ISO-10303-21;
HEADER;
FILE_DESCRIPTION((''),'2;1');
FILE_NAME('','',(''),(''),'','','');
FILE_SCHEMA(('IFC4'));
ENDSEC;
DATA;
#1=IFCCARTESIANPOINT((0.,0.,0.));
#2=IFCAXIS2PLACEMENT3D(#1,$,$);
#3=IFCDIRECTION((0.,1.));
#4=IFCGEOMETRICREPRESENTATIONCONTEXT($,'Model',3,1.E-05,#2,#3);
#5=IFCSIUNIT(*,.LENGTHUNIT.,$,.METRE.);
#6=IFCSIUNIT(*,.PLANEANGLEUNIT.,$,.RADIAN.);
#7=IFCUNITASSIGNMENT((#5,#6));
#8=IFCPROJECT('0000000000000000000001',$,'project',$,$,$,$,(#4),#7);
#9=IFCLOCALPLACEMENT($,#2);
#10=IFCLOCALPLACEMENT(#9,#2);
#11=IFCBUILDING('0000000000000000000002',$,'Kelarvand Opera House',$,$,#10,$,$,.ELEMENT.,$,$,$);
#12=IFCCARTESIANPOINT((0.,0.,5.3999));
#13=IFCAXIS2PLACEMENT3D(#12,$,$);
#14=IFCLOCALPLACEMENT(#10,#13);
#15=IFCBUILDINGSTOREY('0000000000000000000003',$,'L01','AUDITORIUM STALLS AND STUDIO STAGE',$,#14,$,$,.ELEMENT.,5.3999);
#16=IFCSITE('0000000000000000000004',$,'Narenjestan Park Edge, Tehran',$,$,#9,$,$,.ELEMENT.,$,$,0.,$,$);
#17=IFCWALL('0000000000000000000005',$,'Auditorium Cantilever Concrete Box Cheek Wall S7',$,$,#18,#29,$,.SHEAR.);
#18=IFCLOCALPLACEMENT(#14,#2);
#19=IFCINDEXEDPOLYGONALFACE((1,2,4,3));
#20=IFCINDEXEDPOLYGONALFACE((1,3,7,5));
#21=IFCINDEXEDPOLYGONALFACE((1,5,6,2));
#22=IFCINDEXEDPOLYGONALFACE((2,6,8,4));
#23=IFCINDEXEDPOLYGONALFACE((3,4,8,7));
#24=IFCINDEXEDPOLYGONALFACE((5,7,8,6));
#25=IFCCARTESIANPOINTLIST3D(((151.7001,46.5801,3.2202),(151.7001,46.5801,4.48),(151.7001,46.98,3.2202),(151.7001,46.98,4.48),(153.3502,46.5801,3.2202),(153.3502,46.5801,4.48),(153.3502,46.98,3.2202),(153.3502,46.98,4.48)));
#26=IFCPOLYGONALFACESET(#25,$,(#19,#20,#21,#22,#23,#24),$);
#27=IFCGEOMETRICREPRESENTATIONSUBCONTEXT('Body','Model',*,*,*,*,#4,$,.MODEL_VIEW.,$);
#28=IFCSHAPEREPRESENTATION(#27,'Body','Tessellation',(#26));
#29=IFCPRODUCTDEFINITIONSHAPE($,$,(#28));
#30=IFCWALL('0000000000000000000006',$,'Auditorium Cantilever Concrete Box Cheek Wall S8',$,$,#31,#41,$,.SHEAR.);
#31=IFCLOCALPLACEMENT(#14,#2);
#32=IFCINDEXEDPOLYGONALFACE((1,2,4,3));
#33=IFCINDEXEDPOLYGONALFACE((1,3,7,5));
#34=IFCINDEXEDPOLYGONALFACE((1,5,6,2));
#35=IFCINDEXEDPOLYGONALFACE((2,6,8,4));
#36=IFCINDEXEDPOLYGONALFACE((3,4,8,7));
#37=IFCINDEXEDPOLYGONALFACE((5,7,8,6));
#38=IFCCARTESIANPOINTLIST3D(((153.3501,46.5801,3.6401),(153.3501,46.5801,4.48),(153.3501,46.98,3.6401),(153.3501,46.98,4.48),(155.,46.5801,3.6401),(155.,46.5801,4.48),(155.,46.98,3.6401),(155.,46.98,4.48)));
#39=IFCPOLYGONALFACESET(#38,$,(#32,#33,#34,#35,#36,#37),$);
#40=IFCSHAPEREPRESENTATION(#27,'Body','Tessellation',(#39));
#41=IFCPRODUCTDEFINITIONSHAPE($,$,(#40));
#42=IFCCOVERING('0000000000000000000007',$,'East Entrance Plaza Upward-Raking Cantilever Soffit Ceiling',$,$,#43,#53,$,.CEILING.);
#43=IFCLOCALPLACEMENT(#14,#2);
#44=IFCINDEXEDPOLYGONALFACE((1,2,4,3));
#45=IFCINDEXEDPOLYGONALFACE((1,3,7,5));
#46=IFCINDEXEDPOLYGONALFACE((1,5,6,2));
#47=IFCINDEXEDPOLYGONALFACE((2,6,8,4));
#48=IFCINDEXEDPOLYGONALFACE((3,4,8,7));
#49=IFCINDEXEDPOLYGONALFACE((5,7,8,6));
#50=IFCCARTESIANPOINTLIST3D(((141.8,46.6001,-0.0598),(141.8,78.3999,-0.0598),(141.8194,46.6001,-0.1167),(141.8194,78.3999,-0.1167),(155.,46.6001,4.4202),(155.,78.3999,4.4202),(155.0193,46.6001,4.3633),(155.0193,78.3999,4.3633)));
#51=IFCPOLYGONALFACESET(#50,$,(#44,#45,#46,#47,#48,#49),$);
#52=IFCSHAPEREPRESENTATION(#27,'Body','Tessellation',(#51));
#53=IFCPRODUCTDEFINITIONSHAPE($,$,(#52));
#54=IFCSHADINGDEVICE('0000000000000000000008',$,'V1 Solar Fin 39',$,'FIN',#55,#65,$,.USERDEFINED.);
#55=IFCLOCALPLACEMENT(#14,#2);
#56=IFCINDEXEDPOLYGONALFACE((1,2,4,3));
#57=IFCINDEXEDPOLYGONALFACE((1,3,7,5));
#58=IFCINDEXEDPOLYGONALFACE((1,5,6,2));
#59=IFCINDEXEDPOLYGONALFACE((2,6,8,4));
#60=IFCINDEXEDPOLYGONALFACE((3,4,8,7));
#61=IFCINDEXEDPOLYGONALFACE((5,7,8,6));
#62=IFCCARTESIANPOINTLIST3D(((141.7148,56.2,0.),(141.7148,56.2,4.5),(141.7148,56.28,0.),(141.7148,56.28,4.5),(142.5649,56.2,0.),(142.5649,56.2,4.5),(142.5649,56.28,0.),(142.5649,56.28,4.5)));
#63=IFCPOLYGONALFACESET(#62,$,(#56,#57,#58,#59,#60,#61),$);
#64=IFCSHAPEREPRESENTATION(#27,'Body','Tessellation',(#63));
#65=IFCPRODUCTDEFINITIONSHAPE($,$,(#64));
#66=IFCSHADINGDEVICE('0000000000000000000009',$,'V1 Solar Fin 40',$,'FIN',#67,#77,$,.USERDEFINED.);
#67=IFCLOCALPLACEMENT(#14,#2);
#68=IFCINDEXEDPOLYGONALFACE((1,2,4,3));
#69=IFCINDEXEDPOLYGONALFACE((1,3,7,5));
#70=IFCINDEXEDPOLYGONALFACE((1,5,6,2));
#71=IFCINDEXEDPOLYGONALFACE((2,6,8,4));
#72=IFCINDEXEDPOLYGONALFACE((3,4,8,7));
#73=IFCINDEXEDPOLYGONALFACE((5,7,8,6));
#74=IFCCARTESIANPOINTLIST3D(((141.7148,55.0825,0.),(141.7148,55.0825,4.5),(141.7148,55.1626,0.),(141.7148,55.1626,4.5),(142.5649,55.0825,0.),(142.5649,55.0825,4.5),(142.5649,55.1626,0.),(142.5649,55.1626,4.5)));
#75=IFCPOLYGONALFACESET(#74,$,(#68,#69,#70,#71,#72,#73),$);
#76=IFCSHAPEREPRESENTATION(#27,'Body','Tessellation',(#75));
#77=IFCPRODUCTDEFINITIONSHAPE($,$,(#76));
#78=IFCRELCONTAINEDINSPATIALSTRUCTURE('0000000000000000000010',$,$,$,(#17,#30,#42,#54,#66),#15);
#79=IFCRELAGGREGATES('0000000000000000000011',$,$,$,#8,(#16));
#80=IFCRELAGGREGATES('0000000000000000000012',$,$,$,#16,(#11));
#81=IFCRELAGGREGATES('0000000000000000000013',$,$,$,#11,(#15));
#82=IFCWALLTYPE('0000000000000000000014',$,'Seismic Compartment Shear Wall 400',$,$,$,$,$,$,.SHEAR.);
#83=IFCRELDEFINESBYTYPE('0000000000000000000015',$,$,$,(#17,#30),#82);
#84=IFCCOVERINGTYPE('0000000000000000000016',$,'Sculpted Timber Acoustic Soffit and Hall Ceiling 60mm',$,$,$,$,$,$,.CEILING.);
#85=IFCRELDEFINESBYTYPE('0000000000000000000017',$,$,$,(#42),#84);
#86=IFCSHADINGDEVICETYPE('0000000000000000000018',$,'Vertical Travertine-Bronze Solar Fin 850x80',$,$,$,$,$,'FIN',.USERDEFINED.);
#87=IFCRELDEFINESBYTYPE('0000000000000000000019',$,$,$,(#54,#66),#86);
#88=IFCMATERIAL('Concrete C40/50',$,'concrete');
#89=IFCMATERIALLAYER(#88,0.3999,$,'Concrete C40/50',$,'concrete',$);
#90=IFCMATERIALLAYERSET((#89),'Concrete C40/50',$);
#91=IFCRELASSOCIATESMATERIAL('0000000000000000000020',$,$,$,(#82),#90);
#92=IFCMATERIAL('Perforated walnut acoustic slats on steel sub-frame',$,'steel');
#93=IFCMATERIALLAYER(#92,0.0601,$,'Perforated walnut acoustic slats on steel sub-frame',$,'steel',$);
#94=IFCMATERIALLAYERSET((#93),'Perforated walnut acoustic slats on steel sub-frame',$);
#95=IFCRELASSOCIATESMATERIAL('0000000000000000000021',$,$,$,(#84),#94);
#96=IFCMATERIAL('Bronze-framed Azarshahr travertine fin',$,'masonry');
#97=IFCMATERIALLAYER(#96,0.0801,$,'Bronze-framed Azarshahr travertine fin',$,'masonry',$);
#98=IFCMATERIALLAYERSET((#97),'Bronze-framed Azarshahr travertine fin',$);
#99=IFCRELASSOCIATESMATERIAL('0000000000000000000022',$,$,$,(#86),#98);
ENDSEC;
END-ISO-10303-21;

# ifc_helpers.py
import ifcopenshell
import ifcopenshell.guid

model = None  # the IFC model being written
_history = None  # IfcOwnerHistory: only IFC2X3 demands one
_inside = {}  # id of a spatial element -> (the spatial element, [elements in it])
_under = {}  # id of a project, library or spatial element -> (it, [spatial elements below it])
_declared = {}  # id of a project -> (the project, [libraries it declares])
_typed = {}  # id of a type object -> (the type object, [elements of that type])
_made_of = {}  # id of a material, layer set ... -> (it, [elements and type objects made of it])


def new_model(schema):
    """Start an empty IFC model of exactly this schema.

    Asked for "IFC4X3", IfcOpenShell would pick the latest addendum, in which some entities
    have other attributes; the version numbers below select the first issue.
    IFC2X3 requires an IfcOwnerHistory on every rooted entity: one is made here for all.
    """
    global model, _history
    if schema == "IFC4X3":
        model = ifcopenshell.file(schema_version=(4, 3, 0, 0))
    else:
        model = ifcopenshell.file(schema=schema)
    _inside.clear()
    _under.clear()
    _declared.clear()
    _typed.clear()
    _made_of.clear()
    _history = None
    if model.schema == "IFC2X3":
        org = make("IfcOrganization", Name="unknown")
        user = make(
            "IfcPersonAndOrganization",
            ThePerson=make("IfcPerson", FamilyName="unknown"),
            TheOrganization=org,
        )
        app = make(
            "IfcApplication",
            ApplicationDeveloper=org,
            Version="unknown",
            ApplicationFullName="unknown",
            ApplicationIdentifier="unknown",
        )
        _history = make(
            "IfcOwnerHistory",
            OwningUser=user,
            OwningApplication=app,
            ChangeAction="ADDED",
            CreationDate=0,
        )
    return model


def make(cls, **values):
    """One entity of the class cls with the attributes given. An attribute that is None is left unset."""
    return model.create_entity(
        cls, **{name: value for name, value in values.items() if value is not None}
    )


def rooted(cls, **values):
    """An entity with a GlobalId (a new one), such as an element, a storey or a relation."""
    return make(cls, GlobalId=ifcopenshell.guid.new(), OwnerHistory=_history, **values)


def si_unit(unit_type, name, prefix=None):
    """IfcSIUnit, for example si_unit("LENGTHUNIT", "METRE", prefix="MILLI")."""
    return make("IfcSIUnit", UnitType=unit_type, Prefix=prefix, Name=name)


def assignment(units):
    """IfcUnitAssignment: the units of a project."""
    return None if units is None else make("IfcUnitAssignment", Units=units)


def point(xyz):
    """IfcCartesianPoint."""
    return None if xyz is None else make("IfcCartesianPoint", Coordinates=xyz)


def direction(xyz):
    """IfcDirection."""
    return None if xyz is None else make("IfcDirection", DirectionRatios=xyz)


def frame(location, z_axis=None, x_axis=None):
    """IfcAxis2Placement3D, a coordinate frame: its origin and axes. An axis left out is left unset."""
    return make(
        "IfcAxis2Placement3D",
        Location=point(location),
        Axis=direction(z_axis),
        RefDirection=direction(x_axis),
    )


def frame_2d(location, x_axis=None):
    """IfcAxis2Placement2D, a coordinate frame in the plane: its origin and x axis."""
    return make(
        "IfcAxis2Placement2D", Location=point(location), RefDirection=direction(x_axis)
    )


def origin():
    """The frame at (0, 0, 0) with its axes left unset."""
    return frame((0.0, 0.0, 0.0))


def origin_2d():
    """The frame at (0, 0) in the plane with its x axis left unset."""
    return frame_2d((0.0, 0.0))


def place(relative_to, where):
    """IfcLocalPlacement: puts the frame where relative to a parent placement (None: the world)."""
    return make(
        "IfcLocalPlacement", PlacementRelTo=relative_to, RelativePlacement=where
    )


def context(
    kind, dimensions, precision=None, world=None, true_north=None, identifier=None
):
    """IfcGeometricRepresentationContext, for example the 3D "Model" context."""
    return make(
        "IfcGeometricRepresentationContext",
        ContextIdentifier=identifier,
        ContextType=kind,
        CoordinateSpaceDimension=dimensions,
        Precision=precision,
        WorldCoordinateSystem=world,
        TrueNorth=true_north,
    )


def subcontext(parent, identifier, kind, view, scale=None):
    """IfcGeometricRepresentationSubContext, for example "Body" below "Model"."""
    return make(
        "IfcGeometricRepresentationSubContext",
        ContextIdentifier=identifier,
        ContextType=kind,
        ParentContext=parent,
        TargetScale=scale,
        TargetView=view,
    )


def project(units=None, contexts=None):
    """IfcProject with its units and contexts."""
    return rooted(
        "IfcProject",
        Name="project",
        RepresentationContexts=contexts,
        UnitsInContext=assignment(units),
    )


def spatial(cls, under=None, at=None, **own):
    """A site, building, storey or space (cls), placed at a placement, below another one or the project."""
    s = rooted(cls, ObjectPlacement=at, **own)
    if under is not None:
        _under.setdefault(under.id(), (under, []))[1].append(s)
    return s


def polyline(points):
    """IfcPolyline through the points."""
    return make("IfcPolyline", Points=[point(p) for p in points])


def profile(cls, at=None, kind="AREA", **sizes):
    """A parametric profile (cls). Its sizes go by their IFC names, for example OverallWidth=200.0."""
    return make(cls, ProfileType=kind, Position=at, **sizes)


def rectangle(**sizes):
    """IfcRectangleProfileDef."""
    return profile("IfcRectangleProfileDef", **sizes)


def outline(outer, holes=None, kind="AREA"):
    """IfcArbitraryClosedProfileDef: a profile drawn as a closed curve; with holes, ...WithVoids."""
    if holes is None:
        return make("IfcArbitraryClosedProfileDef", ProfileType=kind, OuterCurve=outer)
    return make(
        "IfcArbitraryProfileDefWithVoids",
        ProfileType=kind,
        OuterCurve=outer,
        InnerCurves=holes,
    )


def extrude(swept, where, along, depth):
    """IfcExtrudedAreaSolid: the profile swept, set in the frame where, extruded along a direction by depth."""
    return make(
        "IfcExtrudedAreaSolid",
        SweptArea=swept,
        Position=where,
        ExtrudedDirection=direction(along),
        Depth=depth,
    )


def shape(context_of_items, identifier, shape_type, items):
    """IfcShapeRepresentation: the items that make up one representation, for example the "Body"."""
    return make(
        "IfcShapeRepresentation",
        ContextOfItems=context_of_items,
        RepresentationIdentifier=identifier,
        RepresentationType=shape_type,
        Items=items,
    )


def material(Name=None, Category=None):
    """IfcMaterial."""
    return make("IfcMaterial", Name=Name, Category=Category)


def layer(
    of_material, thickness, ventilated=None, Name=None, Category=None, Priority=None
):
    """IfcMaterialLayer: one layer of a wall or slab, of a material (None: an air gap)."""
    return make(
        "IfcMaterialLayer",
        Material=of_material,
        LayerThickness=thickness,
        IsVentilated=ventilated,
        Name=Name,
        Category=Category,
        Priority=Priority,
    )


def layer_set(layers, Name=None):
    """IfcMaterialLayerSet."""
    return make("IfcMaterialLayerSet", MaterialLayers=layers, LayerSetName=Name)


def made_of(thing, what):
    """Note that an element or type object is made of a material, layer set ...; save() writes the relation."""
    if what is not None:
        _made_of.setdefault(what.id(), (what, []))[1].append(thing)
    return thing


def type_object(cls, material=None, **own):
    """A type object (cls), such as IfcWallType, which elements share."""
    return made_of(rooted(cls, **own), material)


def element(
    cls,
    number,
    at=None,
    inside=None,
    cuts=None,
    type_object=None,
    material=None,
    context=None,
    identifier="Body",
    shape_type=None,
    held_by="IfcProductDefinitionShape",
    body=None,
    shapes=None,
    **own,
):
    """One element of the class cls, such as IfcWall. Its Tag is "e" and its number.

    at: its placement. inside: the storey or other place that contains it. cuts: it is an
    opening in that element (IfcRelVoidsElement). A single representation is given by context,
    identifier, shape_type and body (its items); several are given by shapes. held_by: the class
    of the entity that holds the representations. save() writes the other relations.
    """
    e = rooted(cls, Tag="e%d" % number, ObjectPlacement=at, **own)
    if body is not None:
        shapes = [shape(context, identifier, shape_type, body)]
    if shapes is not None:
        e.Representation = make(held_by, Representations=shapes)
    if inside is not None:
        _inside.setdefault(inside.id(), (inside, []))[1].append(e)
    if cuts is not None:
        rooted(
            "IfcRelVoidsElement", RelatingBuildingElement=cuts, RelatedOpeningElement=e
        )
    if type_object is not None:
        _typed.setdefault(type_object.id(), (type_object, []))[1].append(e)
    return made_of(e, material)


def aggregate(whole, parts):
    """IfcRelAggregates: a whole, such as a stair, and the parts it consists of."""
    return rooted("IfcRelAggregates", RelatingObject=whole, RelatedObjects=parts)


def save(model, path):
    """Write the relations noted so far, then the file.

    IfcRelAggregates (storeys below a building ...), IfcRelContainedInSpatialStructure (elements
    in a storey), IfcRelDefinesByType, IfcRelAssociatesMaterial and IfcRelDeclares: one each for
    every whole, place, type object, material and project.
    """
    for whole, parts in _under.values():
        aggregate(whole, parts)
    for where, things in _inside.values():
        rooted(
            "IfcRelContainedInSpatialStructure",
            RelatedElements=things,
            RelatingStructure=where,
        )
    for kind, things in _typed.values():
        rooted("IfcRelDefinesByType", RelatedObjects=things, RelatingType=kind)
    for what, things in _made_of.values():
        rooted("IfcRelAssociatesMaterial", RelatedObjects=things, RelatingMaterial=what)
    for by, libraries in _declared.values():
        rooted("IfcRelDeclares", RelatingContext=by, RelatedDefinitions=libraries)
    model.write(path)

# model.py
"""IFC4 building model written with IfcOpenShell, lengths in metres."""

from ifc_helpers import new_model, si_unit, direction, frame, frame_2d, origin, origin_2d, place, context, subcontext, project, spatial, polyline, rectangle, outline, extrude, material, layer, layer_set, type_object, element, save


model = new_model("IFC4")

# Units and contexts
model_context = context("Model", 3, precision=1e-05, world=origin(), true_north=direction((0.0, 1.0)))
body_context = subcontext(model_context, "Body", "Model", "MODEL_VIEW")
ifc_project = project(units=[si_unit("LENGTHUNIT", "METRE"), si_unit("PLANEANGLEUNIT", "RADIAN")], contexts=[model_context])

# Site, building, storey
site_placement = place(None, origin())
site = spatial("IfcSite", under=ifc_project, at=site_placement, Name="Narenjestan Park Edge, Tehran", CompositionType="ELEMENT", RefElevation=0.0)
building_placement = place(site_placement, origin())
building = spatial("IfcBuilding", under=site, at=building_placement, Name="Kelarvand Opera House", CompositionType="ELEMENT")
storey_placement = place(building_placement, frame((0.0, 0.0, 5.3999)))
storey = spatial("IfcBuildingStorey", under=building, at=storey_placement, Name="L01", Description="AUDITORIUM STALLS AND STUDIO STAGE", CompositionType="ELEMENT", Elevation=5.3999)

# Shared definitions
ifc_material_1 = material(Name="Concrete C40/50", Category="concrete")

# Walls
ifc_layer_1 = layer(ifc_material_1, 0.3999, Name="Concrete C40/50", Category="concrete")
ifc_layer_set_1 = layer_set([ifc_layer_1], Name="Concrete C40/50")
wall_type = type_object("IfcWallType", Name="Seismic Compartment Shear Wall 400", PredefinedType="SHEAR", material=ifc_layer_set_1)
wall_1_placement = place(storey_placement, frame((151.7, 46.78, 3.2202), z_axis=(0.0, 0.0, 1.0), x_axis=(1.0, 0.0, 0.0)))
element("IfcWall", 1, at=wall_1_placement, inside=storey, type_object=wall_type, Name="Auditorium Cantilever Concrete Box Cheek Wall S7", PredefinedType="SHEAR", context=body_context, shape_type="SweptSolid", body=[
    extrude(rectangle(XDim=1.6501, YDim=0.3999, at=frame_2d((0.8252, 0.0))), origin(), (0.0, 0.0, 1.0), 1.2598),
])
wall_2_placement = place(storey_placement, frame((153.3501, 46.78, 3.6401), z_axis=(0.0, 0.0, 1.0), x_axis=(1.0, 0.0, 0.0)))
element("IfcWall", 2, at=wall_2_placement, inside=storey, type_object=wall_type, Name="Auditorium Cantilever Concrete Box Cheek Wall S8", PredefinedType="SHEAR", context=body_context, shape_type="SweptSolid", body=[
    extrude(rectangle(XDim=1.6499, YDim=0.3999, at=frame_2d((0.825, 0.0))), origin(), (0.0, 0.0, 1.0), 0.8398),
])

# Covering
ifc_material_2 = material(Name="Perforated walnut acoustic slats on steel sub-frame", Category="steel")
ifc_layer_2 = layer(ifc_material_2, 0.0601, Name="Perforated walnut acoustic slats on steel sub-frame", Category="steel")
ifc_layer_set_2 = layer_set([ifc_layer_2], Name="Perforated walnut acoustic slats on steel sub-frame")
covering_type = type_object("IfcCoveringType", Name="Sculpted Timber Acoustic Soffit and Hall Ceiling 60mm", PredefinedType="CEILING", material=ifc_layer_set_2)
covering_placement = place(storey_placement, frame((141.8, 46.6001, -0.0598), z_axis=(-0.321388, 0.0, 0.946948), x_axis=(0.946948, 0.0, 0.321388)))
element("IfcCovering", 3, at=covering_placement, inside=storey, type_object=covering_type, Name="East Entrance Plaza Upward-Raking Cantilever Soffit Ceiling", PredefinedType="CEILING", context=body_context, shape_type="SweptSolid", body=[
    extrude(outline(polyline([(0.0, 0.0), (13.9395, 0.0), (13.9395, 31.7998), (0.0, 31.7998), (0.0, 0.0)])), origin(), (0.0, 0.0, -1.0), 0.0601),
])

# Shading devices
ifc_material_3 = material(Name="Bronze-framed Azarshahr travertine fin", Category="masonry")
ifc_layer_3 = layer(ifc_material_3, 0.0801, Name="Bronze-framed Azarshahr travertine fin", Category="masonry")
ifc_layer_set_3 = layer_set([ifc_layer_3], Name="Bronze-framed Azarshahr travertine fin")
shading_device_type = type_object("IfcShadingDeviceType", Name="Vertical Travertine-Bronze Solar Fin 850x80", ElementType="FIN", PredefinedType="USERDEFINED", material=ifc_layer_set_3)
for number, where, z_axis, x_axis, name in (
    (4, (142.1399, 56.24, 0.0), (0.0, 0.0, 1.0), (1.0, 0.0, 0.0), "V1 Solar Fin 39"),
    (5, (142.1399, 55.1226, 0.0), (0.0, 0.0, 1.0), (1.0, 0.0, 0.0), "V1 Solar Fin 40"),
):
    element("IfcShadingDevice", number, at=place(storey_placement, frame(where, z_axis=z_axis, x_axis=x_axis)), inside=storey, type_object=shading_device_type, Name=name, ObjectType="FIN", PredefinedType="USERDEFINED", context=body_context, shape_type="SweptSolid", body=[
        extrude(rectangle(XDim=0.8501, YDim=0.0801, at=origin_2d()), origin(), (0.0, 0.0, 1.0), 4.5),
    ])

save(model, "model.ifc")
